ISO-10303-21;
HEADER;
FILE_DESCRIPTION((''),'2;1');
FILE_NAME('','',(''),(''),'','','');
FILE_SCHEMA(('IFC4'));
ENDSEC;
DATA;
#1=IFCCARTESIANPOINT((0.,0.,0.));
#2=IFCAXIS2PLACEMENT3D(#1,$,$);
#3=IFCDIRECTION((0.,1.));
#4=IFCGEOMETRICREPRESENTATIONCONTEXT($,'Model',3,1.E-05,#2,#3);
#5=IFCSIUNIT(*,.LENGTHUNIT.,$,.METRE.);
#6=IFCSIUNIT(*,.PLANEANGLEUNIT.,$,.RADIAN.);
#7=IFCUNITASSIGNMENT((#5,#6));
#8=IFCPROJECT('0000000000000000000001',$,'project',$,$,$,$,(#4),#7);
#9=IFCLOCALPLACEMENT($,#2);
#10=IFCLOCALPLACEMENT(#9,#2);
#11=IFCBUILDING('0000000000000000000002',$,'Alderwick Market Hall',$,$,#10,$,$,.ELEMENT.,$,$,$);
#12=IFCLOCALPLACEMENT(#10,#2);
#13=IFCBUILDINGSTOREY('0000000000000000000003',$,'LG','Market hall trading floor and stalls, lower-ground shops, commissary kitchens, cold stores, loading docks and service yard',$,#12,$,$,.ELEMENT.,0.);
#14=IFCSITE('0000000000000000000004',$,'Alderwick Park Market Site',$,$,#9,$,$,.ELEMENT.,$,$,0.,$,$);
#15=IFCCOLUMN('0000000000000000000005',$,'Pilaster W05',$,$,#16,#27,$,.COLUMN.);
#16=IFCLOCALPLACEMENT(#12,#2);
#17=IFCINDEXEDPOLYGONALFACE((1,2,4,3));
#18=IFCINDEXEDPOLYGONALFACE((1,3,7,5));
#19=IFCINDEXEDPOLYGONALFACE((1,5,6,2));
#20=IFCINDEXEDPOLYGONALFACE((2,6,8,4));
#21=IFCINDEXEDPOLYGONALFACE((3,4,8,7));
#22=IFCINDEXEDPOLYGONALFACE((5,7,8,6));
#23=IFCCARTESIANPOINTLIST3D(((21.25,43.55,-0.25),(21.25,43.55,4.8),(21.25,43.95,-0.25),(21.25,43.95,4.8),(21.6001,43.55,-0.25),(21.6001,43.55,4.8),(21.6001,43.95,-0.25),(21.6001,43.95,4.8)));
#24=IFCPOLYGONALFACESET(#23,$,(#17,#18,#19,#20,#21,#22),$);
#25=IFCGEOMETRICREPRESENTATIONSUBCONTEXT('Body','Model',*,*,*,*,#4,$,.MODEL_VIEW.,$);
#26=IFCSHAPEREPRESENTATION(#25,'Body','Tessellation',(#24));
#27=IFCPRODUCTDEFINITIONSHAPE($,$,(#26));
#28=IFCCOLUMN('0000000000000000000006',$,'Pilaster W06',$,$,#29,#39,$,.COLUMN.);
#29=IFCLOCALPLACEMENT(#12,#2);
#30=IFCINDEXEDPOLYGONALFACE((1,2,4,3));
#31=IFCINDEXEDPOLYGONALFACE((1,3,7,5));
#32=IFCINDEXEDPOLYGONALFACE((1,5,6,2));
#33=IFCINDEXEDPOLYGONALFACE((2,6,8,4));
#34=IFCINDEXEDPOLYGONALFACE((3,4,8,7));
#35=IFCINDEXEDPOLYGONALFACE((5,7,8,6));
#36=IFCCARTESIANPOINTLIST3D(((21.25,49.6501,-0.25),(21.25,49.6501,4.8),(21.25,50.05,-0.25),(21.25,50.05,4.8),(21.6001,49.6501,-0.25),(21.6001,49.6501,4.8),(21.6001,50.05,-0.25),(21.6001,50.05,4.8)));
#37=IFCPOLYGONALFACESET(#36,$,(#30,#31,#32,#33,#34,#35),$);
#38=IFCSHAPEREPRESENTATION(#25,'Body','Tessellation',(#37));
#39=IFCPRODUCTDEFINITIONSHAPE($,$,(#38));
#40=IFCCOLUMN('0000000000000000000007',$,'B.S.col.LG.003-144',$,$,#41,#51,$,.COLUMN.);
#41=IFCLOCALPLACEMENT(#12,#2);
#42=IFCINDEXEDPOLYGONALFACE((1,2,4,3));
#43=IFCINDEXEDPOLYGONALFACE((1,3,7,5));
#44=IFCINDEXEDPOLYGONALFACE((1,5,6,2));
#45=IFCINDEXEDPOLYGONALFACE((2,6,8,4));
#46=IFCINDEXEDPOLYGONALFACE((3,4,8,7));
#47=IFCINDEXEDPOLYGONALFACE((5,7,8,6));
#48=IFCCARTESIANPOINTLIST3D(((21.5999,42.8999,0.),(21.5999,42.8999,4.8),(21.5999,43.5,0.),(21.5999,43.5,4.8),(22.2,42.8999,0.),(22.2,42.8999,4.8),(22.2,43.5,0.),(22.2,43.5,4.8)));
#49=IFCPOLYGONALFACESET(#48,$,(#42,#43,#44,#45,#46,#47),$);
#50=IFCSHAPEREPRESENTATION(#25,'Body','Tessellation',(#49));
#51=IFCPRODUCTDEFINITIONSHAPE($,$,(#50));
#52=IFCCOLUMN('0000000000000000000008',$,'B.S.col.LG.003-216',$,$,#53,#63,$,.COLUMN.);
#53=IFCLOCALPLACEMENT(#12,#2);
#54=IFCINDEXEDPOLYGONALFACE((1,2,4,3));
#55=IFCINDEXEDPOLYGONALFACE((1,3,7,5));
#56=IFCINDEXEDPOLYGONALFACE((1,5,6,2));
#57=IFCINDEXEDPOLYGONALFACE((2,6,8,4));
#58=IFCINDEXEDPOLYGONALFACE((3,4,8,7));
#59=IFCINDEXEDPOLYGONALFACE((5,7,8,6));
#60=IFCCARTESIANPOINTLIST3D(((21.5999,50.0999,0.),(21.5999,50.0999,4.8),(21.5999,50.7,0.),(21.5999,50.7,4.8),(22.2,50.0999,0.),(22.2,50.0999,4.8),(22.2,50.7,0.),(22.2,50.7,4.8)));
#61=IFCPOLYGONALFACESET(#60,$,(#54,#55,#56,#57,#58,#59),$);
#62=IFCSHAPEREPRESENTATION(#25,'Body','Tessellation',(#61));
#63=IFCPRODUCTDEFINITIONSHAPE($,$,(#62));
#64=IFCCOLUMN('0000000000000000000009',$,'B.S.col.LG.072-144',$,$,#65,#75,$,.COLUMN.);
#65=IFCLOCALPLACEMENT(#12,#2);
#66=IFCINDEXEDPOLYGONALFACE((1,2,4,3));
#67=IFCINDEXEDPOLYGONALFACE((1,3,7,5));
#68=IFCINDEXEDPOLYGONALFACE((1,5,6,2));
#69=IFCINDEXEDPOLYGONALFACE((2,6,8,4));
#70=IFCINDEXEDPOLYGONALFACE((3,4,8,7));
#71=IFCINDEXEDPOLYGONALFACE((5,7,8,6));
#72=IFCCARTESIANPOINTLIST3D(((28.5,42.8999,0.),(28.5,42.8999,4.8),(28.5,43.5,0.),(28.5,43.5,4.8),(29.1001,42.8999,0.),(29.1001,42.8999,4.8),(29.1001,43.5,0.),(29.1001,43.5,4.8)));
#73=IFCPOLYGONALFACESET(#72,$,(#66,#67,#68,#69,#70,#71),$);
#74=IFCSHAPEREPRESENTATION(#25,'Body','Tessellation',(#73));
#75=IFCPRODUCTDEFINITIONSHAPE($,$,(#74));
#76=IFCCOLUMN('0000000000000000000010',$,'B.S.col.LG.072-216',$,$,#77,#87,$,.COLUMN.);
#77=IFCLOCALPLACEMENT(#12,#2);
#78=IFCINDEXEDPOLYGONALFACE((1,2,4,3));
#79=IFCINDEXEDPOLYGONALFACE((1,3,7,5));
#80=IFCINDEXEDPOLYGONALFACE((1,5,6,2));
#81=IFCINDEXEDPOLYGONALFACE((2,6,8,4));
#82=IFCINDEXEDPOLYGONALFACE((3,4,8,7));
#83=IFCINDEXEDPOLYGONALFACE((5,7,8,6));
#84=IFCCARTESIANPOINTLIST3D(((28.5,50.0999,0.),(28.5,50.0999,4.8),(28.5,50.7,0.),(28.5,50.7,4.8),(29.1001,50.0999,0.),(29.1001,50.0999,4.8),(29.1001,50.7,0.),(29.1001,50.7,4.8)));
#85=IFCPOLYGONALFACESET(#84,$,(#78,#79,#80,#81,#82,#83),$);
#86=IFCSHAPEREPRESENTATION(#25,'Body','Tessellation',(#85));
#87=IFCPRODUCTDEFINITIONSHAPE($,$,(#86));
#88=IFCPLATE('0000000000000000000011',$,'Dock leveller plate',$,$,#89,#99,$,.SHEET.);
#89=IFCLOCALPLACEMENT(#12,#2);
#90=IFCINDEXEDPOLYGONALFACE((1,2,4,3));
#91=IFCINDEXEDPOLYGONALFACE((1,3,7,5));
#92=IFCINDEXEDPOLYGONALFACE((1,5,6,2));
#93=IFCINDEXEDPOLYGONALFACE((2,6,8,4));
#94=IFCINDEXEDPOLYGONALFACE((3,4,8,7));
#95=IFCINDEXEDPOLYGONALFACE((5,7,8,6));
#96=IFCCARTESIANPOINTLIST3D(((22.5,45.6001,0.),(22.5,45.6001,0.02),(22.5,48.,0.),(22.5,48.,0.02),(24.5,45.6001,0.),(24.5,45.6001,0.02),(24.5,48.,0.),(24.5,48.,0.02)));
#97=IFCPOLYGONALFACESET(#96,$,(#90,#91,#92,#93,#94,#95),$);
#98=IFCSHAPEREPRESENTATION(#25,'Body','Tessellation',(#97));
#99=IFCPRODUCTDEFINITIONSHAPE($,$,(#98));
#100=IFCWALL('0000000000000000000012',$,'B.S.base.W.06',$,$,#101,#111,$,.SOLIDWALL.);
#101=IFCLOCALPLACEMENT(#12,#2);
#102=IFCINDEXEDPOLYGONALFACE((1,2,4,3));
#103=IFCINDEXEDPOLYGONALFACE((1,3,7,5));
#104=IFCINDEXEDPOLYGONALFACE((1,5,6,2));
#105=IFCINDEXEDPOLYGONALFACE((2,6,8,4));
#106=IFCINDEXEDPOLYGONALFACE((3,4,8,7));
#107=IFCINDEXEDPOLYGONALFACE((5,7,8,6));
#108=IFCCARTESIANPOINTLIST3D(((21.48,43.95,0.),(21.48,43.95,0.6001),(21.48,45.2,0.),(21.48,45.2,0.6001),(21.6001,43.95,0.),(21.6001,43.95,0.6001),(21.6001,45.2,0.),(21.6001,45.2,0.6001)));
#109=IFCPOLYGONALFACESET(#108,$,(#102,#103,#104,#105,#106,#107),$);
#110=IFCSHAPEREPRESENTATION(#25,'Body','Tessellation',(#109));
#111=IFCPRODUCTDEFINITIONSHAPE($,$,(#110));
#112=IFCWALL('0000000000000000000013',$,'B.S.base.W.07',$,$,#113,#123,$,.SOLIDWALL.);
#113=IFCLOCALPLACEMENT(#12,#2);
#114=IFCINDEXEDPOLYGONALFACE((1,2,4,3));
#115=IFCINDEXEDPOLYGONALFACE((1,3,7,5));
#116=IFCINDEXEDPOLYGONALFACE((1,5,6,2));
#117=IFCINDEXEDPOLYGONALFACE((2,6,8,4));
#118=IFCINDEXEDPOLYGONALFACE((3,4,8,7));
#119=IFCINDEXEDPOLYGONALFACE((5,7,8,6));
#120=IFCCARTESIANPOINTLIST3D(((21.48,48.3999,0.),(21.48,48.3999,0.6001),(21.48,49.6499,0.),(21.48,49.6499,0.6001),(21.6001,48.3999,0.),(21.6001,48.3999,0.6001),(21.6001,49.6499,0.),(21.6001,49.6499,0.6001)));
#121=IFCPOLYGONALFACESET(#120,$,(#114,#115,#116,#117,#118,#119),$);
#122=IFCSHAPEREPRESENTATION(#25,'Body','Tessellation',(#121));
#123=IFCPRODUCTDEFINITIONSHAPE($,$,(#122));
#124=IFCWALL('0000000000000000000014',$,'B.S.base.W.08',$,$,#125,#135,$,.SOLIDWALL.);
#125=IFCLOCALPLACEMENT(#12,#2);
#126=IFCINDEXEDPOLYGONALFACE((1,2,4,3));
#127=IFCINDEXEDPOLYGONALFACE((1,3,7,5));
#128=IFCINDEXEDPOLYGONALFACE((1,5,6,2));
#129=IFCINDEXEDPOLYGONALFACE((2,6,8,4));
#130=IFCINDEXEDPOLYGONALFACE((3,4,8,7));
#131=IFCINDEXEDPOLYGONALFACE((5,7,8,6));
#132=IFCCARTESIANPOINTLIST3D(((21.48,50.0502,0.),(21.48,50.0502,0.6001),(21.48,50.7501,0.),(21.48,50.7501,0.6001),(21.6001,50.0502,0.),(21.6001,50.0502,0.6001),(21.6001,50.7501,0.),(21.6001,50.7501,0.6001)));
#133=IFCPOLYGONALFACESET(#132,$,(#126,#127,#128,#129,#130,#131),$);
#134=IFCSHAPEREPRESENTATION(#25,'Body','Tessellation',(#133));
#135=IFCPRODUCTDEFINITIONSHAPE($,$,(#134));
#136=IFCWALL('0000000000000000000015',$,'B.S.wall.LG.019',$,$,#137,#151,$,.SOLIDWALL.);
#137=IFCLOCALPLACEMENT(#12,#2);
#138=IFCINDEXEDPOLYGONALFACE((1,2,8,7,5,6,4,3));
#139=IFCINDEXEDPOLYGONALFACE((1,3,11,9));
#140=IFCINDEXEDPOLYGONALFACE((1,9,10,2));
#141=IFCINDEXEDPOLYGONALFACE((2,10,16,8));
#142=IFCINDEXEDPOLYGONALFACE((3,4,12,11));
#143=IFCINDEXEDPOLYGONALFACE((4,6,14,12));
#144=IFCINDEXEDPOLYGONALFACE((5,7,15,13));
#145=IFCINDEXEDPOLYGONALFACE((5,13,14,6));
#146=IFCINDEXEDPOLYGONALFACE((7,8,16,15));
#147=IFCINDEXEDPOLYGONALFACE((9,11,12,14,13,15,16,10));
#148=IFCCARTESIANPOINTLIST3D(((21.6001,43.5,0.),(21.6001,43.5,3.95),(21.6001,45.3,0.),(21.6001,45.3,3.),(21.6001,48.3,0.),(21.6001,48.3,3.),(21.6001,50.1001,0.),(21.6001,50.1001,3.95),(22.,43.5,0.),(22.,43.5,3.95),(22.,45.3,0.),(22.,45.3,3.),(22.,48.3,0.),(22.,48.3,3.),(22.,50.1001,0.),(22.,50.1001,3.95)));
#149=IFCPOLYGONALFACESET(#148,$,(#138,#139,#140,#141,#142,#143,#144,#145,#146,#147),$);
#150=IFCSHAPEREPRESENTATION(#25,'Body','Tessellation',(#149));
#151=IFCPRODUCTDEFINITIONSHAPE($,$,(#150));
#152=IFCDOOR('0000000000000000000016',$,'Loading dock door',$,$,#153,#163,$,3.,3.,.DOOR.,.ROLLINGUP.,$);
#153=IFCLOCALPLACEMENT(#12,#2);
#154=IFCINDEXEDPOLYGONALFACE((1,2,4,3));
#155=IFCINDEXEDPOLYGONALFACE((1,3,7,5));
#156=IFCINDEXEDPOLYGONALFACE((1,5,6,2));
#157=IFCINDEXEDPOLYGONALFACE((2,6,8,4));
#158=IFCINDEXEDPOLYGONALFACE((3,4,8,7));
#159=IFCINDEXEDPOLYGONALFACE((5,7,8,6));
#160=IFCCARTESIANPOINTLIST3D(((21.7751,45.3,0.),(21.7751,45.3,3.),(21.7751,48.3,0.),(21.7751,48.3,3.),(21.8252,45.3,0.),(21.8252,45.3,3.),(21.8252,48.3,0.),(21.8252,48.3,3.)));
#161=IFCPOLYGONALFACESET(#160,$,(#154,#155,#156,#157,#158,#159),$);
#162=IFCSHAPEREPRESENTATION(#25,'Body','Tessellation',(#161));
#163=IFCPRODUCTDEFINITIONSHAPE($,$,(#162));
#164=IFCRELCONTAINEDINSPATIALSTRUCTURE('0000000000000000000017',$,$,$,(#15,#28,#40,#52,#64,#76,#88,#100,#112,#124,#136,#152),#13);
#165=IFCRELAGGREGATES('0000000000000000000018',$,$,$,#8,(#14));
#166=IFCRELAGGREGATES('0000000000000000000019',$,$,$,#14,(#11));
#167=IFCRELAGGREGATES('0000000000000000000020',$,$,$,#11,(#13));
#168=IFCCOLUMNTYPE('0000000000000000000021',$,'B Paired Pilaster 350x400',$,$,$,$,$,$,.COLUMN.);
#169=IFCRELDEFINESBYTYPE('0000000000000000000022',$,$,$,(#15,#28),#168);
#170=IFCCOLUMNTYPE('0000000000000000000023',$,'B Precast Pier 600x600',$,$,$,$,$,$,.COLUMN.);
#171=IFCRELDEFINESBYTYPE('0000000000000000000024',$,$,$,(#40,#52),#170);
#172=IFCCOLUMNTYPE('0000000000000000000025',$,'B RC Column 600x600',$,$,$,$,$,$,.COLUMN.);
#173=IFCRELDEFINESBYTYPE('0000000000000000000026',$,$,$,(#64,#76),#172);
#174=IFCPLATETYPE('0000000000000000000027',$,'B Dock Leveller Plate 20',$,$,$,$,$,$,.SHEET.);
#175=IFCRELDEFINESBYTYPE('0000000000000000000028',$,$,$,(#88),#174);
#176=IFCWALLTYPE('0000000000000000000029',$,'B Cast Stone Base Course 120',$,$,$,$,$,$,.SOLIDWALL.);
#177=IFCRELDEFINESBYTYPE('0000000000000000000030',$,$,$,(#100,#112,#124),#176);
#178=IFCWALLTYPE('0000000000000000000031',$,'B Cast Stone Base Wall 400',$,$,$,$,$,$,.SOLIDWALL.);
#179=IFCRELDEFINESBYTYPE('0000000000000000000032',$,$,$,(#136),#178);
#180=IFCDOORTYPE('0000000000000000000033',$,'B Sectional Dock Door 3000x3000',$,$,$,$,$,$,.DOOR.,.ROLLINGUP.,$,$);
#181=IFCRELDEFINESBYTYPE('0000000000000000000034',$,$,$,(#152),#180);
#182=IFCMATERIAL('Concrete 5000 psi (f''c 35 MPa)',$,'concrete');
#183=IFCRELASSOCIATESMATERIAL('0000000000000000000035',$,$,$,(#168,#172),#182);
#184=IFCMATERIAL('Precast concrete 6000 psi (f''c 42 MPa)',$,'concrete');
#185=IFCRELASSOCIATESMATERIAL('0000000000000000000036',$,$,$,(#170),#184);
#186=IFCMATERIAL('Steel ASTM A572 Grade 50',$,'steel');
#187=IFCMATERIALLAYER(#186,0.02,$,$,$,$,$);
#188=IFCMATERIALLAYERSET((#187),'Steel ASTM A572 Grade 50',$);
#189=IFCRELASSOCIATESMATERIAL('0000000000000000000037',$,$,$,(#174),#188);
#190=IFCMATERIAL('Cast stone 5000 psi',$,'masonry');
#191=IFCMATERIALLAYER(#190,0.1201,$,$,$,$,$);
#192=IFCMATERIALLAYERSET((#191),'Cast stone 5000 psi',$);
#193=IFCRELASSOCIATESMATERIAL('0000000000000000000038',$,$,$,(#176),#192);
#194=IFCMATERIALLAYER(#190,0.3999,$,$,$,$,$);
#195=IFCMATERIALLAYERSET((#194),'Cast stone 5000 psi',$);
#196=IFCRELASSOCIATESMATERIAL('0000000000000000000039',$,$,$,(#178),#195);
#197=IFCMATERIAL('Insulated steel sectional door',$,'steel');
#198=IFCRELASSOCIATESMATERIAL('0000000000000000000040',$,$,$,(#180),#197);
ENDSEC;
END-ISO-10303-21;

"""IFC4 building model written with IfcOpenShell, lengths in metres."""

from ifc_helpers import new_model, si_unit, direction, frame, frame_2d, origin, origin_2d, place, context, subcontext, project, spatial, rectangle, extrude, material, layer, layer_set, material_profile, profile_set, type_object, element, fill, save


model = new_model("IFC4")

# Units and contexts
model_context = context("Model", 3, precision=1e-05, world=origin(), true_north=direction((0.0, 1.0)))
body_context = subcontext(model_context, "Body", "Model", "MODEL_VIEW")
ifc_project = project(units=[si_unit("LENGTHUNIT", "METRE"), si_unit("PLANEANGLEUNIT", "RADIAN")], contexts=[model_context])

# Site, building, storey
site_placement = place(None, origin())
site = spatial("IfcSite", under=ifc_project, at=site_placement, Name="Alderwick Park Market Site", CompositionType="ELEMENT", RefElevation=0.0)
building_placement = place(site_placement, origin())
building = spatial("IfcBuilding", under=site, at=building_placement, Name="Alderwick Market Hall", CompositionType="ELEMENT")
storey_placement = place(building_placement, origin())
storey = spatial("IfcBuildingStorey", under=building, at=storey_placement, Name="LG", Description="Market hall trading floor and stalls, lower-ground shops, commissary kitchens, cold stores, loading docks and service yard", CompositionType="ELEMENT", Elevation=0.0)

# Shared definitions
ifc_material_1 = material(Name="Concrete 5000 psi (f'c 35 MPa)", Category="concrete")

# Columns
ifc_material_profile_1 = material_profile(ifc_material_1, rectangle(XDim=0.3501, YDim=0.3999, at=origin_2d()), Name="B Paired Pilaster 350x400")
ifc_profile_set_1 = profile_set([ifc_material_profile_1], Name="Concrete 5000 psi (f'c 35 MPa)")
column_type_1 = type_object("IfcColumnType", Name="B Paired Pilaster 350x400", PredefinedType="COLUMN", material=ifc_profile_set_1)
for number, where, z_axis, x_axis, name in (
    (1, (21.425, 43.75, -0.25), (0.0, 0.0, 1.0), (1.0, 0.0, 0.0), "Pilaster W05"),
    (2, (21.425, 49.8501, -0.25), (0.0, 0.0, 1.0), (1.0, 0.0, 0.0), "Pilaster W06"),
):
    element("IfcColumn", number, at=place(storey_placement, frame(where, z_axis=z_axis, x_axis=x_axis)), inside=storey, type_object=column_type_1, Name=name, PredefinedType="COLUMN", context=body_context, shape_type="SweptSolid", body=[
        extrude(rectangle(XDim=0.3501, YDim=0.3999, at=origin_2d()), origin(), (0.0, 0.0, 1.0), 5.05),
    ])
ifc_material_2 = material(Name="Precast concrete 6000 psi (f'c 42 MPa)", Category="concrete")
ifc_material_profile_2 = material_profile(ifc_material_2, rectangle(XDim=0.6001, YDim=0.6001, at=origin_2d()), Name="B Precast Pier 600x600")
ifc_profile_set_2 = profile_set([ifc_material_profile_2], Name="Precast concrete 6000 psi (f'c 42 MPa)")
column_type_2 = type_object("IfcColumnType", Name="B Precast Pier 600x600", PredefinedType="COLUMN", material=ifc_profile_set_2)
for number, where, z_axis, x_axis, name in (
    (3, (21.8999, 43.2, 0.0), (0.0, 0.0, 1.0), (1.0, 0.0, 0.0), "B.S.col.LG.003-144"),
    (4, (21.8999, 50.3999, 0.0), (0.0, 0.0, 1.0), (1.0, 0.0, 0.0), "B.S.col.LG.003-216"),
):
    element("IfcColumn", number, at=place(storey_placement, frame(where, z_axis=z_axis, x_axis=x_axis)), inside=storey, type_object=column_type_2, Name=name, PredefinedType="COLUMN", context=body_context, shape_type="SweptSolid", body=[
        extrude(rectangle(XDim=0.6001, YDim=0.6001, at=origin_2d()), origin(), (0.0, 0.0, 1.0), 4.8),
    ])
ifc_material_profile_3 = material_profile(ifc_material_1, rectangle(XDim=0.6001, YDim=0.6001, at=origin_2d()), Name="B RC Column 600x600")
ifc_profile_set_3 = profile_set([ifc_material_profile_3], Name="Concrete 5000 psi (f'c 35 MPa)")
column_type_3 = type_object("IfcColumnType", Name="B RC Column 600x600", PredefinedType="COLUMN", material=ifc_profile_set_3)
for number, where, z_axis, x_axis, name in (
    (5, (28.8, 43.2, 0.0), (0.0, 0.0, 1.0), (1.0, 0.0, 0.0), "B.S.col.LG.072-144"),
    (6, (28.8, 50.3999, 0.0), (0.0, 0.0, 1.0), (1.0, 0.0, 0.0), "B.S.col.LG.072-216"),
):
    element("IfcColumn", number, at=place(storey_placement, frame(where, z_axis=z_axis, x_axis=x_axis)), inside=storey, type_object=column_type_3, Name=name, PredefinedType="COLUMN", context=body_context, shape_type="SweptSolid", body=[
        extrude(rectangle(XDim=0.6001, YDim=0.6001, at=origin_2d()), origin(), (0.0, 0.0, 1.0), 4.8),
    ])

# Plate
ifc_material_3 = material(Name="Steel ASTM A572 Grade 50", Category="steel")
ifc_layer_1 = layer(ifc_material_3, 0.02)
ifc_layer_set_1 = layer_set([ifc_layer_1], Name="Steel ASTM A572 Grade 50")
plate_type = type_object("IfcPlateType", Name="B Dock Leveller Plate 20", PredefinedType="SHEET", material=ifc_layer_set_1)
plate_placement = place(storey_placement, frame((23.5, 46.8, 0.0), z_axis=(0.0, 0.0, 1.0), x_axis=(1.0, 0.0, 0.0)))
element("IfcPlate", 7, at=plate_placement, inside=storey, type_object=plate_type, Name="Dock leveller plate", PredefinedType="SHEET", context=body_context, shape_type="SweptSolid", body=[
    extrude(rectangle(XDim=2.0, YDim=2.3999, at=origin_2d()), origin(), (0.0, 0.0, 1.0), 0.02),
])

# Walls
ifc_material_4 = material(Name="Cast stone 5000 psi", Category="masonry")
ifc_layer_2 = layer(ifc_material_4, 0.1201)
ifc_layer_set_2 = layer_set([ifc_layer_2], Name="Cast stone 5000 psi")
wall_type_1 = type_object("IfcWallType", Name="B Cast Stone Base Course 120", PredefinedType="SOLIDWALL", material=ifc_layer_set_2)
for number, where, z_axis, x_axis, name in (
    (8, (21.54, 43.95, 0.0), (0.0, 0.0, 1.0), (0.0, 1.0, 0.0), "B.S.base.W.06"),
    (9, (21.54, 48.3999, 0.0), (0.0, 0.0, 1.0), (0.0, 1.0, 0.0), "B.S.base.W.07"),
):
    element("IfcWall", number, at=place(storey_placement, frame(where, z_axis=z_axis, x_axis=x_axis)), inside=storey, type_object=wall_type_1, Name=name, PredefinedType="SOLIDWALL", context=body_context, shape_type="SweptSolid", body=[
        extrude(rectangle(XDim=1.25, YDim=0.1201, at=frame_2d((0.625, 0.0))), origin(), (0.0, 0.0, 1.0), 0.6001),
    ])
wall_1_placement = place(storey_placement, frame((21.54, 50.05, 0.0), z_axis=(0.0, 0.0, 1.0), x_axis=(0.0, 1.0, 0.0)))
element("IfcWall", 10, at=wall_1_placement, inside=storey, type_object=wall_type_1, Name="B.S.base.W.08", PredefinedType="SOLIDWALL", context=body_context, shape_type="SweptSolid", body=[
    extrude(rectangle(XDim=0.7, YDim=0.1201, at=frame_2d((0.3501, 0.0))), origin(), (0.0, 0.0, 1.0), 0.6001),
])

# Wall, opening, door
ifc_layer_3 = layer(ifc_material_4, 0.3999)
ifc_layer_set_3 = layer_set([ifc_layer_3], Name="Cast stone 5000 psi")
wall_type_2 = type_object("IfcWallType", Name="B Cast Stone Base Wall 400", PredefinedType="SOLIDWALL", material=ifc_layer_set_3)
wall_2_placement = place(storey_placement, frame((21.8, 43.5, 0.0), z_axis=(0.0, 0.0, 1.0), x_axis=(0.0, 1.0, 0.0)))
wall_2 = element("IfcWall", 11, at=wall_2_placement, inside=storey, type_object=wall_type_2, Name="B.S.wall.LG.019", PredefinedType="SOLIDWALL", context=body_context, shape_type="SweptSolid", body=[
    extrude(rectangle(XDim=6.6001, YDim=0.3999, at=frame_2d((3.3, 0.0))), origin(), (0.0, 0.0, 1.0), 3.95),
])
opening_1_placement = place(wall_2_placement, frame((1.8, 0.0, 0.0)))
opening_1 = element("IfcOpeningElement", 12, at=opening_1_placement, cuts=wall_2, PredefinedType="OPENING", context=body_context, shape_type="SweptSolid", body=[
    extrude(rectangle(XDim=3.0, YDim=3.0, at=frame_2d((1.5, 1.5))), frame((0.0, 0.21, 0.0), z_axis=(0.0, -1.0, 0.0), x_axis=(1.0, 0.0, 0.0)), (0.0, 0.0, 1.0), 0.4199),
])
ifc_material_5 = material(Name="Insulated steel sectional door", Category="steel")
door_type_1 = type_object("IfcDoorType", Name="B Sectional Dock Door 3000x3000", OperationType="ROLLINGUP", PredefinedType="DOOR", material=ifc_material_5)
door_1_placement = place(opening_1_placement, origin())
door_1 = element("IfcDoor", 13, at=door_1_placement, inside=storey, type_object=door_type_1, Name="Loading dock door", OperationType="ROLLINGUP", OverallHeight=3.0, OverallWidth=3.0, PredefinedType="DOOR", context=body_context, shape_type="SweptSolid", body=[
    extrude(rectangle(XDim=3.0, YDim=3.0, at=frame_2d((1.5, 1.5))), frame((0.0, 0.0249, 0.0), z_axis=(0.0, -1.0, 0.0), x_axis=(1.0, 0.0, 0.0)), (0.0, 0.0, 1.0), 0.05),
])
fill(opening_1, door_1)

save(model, "model.ifc")
